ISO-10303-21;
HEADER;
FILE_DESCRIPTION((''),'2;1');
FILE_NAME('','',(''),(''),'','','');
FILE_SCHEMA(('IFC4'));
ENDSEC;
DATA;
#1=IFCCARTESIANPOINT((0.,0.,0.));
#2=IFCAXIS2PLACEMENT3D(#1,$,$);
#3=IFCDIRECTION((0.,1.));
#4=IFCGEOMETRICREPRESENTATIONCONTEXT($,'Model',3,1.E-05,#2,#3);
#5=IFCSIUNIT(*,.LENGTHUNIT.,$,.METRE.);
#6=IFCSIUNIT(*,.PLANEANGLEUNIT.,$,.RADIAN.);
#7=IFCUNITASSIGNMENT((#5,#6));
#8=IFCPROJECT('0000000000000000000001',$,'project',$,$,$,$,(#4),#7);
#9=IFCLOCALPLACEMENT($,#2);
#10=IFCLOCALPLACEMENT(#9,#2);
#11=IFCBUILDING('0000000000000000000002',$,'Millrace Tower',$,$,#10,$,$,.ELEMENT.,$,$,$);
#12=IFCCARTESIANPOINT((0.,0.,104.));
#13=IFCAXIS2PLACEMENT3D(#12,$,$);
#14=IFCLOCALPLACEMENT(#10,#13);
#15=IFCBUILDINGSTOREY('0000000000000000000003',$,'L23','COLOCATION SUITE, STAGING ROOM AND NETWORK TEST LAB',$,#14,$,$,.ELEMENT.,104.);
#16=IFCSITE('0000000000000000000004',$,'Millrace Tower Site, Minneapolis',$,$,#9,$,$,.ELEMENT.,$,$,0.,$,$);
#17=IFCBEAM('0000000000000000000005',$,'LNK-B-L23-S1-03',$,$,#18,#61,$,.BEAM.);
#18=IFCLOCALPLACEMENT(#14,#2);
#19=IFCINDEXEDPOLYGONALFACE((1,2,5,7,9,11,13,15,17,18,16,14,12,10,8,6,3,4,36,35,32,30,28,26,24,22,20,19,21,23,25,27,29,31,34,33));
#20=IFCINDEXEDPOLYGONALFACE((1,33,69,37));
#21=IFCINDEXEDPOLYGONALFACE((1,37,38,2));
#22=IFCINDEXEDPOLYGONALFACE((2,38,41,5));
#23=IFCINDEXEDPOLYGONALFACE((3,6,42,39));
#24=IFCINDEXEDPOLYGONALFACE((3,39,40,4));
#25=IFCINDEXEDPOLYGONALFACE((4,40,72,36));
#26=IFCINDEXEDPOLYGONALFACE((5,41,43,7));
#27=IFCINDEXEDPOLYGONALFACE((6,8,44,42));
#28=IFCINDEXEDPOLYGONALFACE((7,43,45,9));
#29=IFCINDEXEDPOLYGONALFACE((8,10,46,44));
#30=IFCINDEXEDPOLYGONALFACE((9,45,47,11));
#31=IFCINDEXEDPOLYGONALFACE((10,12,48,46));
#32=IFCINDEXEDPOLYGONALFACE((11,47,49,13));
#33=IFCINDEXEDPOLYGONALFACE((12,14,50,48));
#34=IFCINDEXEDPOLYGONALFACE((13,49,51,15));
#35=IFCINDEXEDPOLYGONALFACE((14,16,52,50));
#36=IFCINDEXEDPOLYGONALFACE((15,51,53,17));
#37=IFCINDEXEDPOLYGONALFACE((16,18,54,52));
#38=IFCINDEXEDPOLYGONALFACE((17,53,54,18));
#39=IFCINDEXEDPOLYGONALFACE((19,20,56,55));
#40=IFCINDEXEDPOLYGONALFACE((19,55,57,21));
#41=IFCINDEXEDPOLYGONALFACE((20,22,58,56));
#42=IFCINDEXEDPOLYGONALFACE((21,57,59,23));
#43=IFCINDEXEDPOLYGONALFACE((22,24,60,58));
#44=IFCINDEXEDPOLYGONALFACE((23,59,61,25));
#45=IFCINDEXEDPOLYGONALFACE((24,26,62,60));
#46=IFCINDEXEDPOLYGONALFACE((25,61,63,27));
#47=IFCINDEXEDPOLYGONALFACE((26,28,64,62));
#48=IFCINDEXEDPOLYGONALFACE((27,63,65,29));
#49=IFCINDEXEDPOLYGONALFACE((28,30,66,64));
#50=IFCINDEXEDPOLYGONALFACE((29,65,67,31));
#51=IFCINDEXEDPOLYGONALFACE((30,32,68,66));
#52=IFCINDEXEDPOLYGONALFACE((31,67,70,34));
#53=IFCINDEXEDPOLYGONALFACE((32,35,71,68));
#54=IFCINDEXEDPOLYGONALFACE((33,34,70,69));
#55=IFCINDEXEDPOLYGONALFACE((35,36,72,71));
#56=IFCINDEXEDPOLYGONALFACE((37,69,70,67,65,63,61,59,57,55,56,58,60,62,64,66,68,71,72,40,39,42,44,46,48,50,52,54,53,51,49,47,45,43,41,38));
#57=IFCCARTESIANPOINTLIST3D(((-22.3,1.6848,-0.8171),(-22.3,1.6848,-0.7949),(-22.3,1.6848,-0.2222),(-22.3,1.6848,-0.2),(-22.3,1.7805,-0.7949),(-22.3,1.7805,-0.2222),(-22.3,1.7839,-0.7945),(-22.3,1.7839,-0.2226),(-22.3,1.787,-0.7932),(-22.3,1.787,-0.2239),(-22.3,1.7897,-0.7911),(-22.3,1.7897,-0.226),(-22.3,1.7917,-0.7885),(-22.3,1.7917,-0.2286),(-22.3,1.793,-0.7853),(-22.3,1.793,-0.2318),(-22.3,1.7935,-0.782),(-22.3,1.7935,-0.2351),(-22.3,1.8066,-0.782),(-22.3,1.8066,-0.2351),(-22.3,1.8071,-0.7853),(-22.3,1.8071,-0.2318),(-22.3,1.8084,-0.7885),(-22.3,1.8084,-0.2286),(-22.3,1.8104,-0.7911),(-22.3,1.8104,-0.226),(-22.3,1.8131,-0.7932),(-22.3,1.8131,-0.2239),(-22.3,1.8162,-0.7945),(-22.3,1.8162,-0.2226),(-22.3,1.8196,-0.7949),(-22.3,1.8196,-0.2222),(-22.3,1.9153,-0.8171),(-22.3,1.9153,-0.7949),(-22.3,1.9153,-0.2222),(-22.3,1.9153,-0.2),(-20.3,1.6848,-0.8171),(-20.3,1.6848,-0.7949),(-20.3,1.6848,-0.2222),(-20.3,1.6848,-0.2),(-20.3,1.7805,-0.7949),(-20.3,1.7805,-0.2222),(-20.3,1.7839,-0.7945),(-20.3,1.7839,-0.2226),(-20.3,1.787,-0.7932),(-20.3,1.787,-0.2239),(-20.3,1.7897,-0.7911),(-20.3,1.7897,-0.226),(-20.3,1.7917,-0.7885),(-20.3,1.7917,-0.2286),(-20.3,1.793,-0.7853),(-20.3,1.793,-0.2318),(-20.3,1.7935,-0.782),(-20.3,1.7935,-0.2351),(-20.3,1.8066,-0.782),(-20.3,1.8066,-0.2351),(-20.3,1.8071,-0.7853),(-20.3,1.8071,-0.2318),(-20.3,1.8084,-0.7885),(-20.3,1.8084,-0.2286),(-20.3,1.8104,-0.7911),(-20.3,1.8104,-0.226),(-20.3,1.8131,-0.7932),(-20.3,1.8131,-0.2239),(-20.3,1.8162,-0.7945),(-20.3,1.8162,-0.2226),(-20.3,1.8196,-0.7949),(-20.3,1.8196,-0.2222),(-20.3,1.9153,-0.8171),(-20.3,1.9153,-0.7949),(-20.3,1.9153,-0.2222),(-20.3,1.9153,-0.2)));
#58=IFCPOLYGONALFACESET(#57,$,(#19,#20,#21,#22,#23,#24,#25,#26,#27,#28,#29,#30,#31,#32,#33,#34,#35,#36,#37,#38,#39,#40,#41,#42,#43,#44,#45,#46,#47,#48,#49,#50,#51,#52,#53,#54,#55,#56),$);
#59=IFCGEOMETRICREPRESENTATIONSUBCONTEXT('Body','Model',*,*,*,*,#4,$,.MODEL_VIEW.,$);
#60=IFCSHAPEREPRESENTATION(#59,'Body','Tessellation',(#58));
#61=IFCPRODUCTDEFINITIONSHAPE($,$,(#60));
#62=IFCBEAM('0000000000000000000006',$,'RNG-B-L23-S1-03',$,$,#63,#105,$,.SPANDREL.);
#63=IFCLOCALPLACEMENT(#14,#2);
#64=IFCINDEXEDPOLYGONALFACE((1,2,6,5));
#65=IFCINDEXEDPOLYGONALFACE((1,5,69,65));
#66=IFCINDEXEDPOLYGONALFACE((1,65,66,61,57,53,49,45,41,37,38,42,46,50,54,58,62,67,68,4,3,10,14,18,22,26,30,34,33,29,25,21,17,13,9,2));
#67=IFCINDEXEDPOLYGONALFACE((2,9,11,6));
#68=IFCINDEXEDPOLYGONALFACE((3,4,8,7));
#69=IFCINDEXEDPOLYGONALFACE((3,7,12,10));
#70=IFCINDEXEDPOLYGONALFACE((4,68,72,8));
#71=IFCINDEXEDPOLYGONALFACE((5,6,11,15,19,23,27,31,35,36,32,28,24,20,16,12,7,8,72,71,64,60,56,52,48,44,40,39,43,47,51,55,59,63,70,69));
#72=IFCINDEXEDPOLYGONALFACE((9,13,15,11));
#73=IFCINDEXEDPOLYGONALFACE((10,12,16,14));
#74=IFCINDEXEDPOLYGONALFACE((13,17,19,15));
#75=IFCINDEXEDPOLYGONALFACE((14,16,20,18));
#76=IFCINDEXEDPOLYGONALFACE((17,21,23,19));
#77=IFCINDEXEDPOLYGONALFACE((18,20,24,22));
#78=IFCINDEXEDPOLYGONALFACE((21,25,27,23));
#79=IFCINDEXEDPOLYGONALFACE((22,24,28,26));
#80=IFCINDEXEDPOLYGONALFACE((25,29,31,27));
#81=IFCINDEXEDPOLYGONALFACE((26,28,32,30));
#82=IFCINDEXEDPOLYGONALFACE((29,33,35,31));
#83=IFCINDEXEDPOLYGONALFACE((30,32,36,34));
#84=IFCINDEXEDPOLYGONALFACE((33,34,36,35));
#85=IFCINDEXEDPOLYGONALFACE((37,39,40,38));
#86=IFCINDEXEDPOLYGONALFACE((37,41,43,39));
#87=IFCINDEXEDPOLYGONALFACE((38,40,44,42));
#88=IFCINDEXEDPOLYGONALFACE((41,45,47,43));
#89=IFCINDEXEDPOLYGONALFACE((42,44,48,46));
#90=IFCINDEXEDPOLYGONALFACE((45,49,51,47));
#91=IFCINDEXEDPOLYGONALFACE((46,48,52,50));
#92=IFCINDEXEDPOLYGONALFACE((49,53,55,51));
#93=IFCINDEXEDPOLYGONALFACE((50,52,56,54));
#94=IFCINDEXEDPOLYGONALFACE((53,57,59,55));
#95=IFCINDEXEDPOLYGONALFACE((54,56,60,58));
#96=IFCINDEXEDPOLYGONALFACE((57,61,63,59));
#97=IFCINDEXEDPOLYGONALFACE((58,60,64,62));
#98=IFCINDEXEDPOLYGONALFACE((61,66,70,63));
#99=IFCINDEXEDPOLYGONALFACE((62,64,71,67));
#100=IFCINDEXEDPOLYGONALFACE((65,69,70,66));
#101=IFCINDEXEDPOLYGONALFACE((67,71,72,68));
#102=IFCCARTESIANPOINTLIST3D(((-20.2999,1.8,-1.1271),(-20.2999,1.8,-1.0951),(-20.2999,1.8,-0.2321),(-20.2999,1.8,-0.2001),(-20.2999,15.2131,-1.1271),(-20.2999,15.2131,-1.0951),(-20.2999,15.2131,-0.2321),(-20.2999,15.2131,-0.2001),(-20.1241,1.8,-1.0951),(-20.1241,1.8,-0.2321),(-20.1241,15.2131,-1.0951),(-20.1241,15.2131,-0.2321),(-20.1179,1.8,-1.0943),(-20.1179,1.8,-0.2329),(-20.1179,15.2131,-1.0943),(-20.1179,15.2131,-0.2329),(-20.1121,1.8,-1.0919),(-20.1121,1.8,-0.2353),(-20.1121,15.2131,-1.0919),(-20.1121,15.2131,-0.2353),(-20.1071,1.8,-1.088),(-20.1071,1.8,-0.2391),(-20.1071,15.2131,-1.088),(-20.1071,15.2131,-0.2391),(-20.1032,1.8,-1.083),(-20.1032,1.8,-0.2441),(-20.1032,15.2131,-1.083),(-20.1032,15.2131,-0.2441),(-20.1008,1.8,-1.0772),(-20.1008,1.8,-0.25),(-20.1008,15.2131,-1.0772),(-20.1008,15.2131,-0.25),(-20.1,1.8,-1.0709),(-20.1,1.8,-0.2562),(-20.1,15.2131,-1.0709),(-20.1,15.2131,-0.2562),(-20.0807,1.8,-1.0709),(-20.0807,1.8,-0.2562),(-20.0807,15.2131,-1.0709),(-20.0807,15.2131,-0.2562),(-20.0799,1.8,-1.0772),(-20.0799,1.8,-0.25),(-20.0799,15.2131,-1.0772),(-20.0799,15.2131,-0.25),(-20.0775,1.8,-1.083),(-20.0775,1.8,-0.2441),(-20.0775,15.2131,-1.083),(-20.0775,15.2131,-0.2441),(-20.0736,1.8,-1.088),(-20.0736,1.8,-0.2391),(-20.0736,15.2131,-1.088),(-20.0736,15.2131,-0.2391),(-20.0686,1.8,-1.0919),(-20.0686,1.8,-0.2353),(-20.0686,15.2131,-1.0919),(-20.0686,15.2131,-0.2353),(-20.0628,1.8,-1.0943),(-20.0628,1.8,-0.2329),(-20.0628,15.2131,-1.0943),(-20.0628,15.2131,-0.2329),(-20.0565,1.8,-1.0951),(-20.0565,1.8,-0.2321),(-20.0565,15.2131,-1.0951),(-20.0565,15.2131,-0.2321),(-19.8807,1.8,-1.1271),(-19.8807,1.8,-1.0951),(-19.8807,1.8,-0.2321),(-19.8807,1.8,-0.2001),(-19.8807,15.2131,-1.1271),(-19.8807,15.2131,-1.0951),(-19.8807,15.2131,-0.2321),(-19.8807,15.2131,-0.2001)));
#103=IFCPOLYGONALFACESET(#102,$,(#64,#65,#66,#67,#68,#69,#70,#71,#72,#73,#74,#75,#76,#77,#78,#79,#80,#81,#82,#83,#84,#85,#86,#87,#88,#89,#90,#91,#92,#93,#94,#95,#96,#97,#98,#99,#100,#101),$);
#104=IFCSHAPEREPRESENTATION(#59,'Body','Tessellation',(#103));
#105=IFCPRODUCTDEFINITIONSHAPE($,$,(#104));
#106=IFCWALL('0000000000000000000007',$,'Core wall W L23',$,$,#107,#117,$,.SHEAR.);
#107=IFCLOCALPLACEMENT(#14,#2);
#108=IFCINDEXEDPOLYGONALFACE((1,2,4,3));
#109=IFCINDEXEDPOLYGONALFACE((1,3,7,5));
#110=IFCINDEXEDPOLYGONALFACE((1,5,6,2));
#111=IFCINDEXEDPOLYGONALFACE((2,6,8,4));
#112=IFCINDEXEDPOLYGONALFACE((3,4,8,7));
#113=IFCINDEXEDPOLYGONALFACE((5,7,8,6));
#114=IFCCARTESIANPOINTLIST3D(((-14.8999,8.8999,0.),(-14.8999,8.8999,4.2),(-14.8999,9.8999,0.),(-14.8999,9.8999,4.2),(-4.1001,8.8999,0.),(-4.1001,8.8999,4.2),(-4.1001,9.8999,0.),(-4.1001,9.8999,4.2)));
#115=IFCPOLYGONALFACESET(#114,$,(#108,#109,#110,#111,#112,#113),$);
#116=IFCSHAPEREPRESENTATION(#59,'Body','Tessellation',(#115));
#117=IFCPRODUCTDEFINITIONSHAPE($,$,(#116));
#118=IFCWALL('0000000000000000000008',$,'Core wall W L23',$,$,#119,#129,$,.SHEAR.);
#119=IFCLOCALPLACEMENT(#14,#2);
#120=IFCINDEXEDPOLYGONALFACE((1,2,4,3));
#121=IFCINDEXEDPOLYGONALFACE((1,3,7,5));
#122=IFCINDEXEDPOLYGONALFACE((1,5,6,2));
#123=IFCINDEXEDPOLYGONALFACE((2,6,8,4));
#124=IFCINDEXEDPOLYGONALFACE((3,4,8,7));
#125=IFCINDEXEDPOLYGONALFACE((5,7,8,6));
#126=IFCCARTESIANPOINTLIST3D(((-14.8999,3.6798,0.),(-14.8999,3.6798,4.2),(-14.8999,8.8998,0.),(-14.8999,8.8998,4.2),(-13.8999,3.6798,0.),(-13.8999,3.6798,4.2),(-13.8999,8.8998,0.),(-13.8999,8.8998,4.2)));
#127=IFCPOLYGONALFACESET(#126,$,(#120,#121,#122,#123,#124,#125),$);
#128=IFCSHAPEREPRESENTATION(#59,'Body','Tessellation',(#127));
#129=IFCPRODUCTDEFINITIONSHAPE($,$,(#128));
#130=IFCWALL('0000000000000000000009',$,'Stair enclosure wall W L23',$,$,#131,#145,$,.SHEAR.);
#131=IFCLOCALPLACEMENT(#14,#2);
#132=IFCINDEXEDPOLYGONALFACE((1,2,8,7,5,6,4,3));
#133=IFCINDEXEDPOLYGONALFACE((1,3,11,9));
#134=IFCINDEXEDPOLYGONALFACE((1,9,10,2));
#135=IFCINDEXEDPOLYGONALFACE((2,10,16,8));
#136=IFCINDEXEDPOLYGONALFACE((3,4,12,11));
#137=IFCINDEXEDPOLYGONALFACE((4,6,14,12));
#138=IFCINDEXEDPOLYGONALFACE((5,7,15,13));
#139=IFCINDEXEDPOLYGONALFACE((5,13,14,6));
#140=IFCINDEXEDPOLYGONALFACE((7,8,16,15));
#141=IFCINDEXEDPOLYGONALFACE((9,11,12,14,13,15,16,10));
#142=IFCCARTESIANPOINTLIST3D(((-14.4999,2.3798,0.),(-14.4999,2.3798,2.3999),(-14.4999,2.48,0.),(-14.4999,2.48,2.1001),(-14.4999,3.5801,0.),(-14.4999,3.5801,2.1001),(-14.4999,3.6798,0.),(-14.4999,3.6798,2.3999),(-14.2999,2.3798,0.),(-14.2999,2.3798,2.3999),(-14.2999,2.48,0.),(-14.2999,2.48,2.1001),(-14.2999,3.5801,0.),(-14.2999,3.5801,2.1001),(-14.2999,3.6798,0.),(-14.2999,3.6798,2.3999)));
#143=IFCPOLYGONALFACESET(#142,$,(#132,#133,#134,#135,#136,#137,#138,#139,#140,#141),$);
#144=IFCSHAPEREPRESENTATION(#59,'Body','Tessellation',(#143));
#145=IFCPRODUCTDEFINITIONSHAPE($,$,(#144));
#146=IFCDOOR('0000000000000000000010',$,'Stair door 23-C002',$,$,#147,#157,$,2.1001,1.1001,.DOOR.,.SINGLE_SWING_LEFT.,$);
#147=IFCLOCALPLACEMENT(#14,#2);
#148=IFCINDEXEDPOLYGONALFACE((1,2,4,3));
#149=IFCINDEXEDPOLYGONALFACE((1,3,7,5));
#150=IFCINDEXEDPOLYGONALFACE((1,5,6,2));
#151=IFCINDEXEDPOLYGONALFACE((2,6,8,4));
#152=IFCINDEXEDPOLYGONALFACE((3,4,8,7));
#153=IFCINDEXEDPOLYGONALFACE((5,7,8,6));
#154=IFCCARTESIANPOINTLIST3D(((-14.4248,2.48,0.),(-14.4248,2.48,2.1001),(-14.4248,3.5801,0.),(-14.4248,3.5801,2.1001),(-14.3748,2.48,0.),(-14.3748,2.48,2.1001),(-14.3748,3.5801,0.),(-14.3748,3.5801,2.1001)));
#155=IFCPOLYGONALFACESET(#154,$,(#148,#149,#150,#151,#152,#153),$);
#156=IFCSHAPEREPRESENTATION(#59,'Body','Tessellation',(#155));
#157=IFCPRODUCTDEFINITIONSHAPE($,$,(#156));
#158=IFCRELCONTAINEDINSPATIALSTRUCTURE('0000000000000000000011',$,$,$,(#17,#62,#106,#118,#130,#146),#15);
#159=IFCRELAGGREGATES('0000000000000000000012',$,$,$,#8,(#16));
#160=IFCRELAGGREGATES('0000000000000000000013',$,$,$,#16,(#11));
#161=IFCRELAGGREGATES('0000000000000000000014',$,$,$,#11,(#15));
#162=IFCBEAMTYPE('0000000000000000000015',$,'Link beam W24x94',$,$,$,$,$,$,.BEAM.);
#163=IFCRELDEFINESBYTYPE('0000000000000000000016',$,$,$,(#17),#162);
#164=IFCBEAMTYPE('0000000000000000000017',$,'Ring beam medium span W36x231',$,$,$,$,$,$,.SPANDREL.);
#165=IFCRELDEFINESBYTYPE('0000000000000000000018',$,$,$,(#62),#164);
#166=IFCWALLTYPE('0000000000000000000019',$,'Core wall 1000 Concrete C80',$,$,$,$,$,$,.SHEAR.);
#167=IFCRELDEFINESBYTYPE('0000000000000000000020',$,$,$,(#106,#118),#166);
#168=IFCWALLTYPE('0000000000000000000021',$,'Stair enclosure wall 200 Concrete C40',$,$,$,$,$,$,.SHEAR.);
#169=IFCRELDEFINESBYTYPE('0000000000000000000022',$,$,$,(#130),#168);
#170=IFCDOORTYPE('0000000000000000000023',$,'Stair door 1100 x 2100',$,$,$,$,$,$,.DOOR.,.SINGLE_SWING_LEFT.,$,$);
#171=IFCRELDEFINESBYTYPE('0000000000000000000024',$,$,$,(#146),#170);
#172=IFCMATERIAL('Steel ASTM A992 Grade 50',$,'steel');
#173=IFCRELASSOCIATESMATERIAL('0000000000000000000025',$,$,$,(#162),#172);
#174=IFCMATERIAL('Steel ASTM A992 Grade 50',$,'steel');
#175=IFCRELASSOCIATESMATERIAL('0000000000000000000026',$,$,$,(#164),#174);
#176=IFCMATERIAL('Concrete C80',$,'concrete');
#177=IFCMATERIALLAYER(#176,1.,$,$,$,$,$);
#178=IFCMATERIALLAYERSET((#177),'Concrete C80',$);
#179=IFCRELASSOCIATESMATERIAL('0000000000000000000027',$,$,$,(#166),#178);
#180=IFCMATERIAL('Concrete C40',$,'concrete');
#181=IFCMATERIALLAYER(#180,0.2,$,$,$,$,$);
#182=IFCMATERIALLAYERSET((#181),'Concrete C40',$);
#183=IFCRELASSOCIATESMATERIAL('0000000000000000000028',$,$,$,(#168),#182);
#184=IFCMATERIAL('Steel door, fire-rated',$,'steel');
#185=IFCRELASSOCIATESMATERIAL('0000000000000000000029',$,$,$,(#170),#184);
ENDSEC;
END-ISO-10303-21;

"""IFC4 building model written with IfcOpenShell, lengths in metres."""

from ifc_helpers import new_model, si_unit, direction, frame, frame_2d, origin, origin_2d, place, context, subcontext, project, spatial, rectangle, i_section, extrude, material, layer, layer_set, material_profile, profile_set, type_object, element, fill, save


model = new_model("IFC4")

# Units and contexts
model_context = context("Model", 3, precision=1e-05, world=origin(), true_north=direction((0.0, 1.0)))
body_context = subcontext(model_context, "Body", "Model", "MODEL_VIEW")
ifc_project = project(units=[si_unit("LENGTHUNIT", "METRE"), si_unit("PLANEANGLEUNIT", "RADIAN")], contexts=[model_context])

# Site, building, storey
site_placement = place(None, origin())
site = spatial("IfcSite", under=ifc_project, at=site_placement, Name="Millrace Tower Site, Minneapolis", CompositionType="ELEMENT", RefElevation=0.0)
building_placement = place(site_placement, origin())
building = spatial("IfcBuilding", under=site, at=building_placement, Name="Millrace Tower", CompositionType="ELEMENT")
storey_placement = place(building_placement, frame((0.0, 0.0, 104.0)))
storey = spatial("IfcBuildingStorey", under=building, at=storey_placement, Name="L23", Description="COLOCATION SUITE, STAGING ROOM AND NETWORK TEST LAB", CompositionType="ELEMENT", Elevation=104.0)

# Beams
ifc_material_1 = material(Name="Steel ASTM A992 Grade 50", Category="steel")
ifc_material_profile_1 = material_profile(ifc_material_1, i_section(OverallWidth=0.2305, OverallDepth=0.6172, WebThickness=0.0132, FlangeThickness=0.0222, FilletRadius=0.0129, at=origin_2d()))
ifc_profile_set_1 = profile_set([ifc_material_profile_1], Name="Steel ASTM A992 Grade 50")
beam_type_1 = type_object("IfcBeamType", Name="Link beam W24x94", PredefinedType="BEAM", material=ifc_profile_set_1)
beam_1_placement = place(storey_placement, frame((-20.3, 1.8, -0.5085), z_axis=(-1.0, 0.0, 0.0), x_axis=(0.0, -1.0, 0.0)))
element("IfcBeam", 1, at=beam_1_placement, inside=storey, type_object=beam_type_1, Name="LNK-B-L23-S1-03", PredefinedType="BEAM", context=body_context, shape_type="SweptSolid", body=[
    extrude(i_section(OverallWidth=0.2305, OverallDepth=0.6172, WebThickness=0.0132, FlangeThickness=0.0222, FilletRadius=0.0129, at=origin_2d()), origin(), (0.0, 0.0, 1.0), 2.0),
])
ifc_material_2 = material(Name="Steel ASTM A992 Grade 50", Category="steel")
ifc_material_profile_2 = material_profile(ifc_material_2, i_section(OverallWidth=0.4192, OverallDepth=0.927, WebThickness=0.0193, FlangeThickness=0.032, FilletRadius=0.0242, at=origin_2d()))
ifc_profile_set_2 = profile_set([ifc_material_profile_2], Name="Steel ASTM A992 Grade 50")
beam_type_2 = type_object("IfcBeamType", Name="Ring beam medium span W36x231", PredefinedType="SPANDREL", material=ifc_profile_set_2)
beam_2_placement = place(storey_placement, frame((-20.0903, 1.8, -0.6636), z_axis=(0.0, 1.0, 0.0), x_axis=(-1.0, 0.0, 0.0)))
element("IfcBeam", 2, at=beam_2_placement, inside=storey, type_object=beam_type_2, Name="RNG-B-L23-S1-03", PredefinedType="SPANDREL", context=body_context, shape_type="SweptSolid", body=[
    extrude(i_section(OverallWidth=0.4192, OverallDepth=0.927, WebThickness=0.0193, FlangeThickness=0.032, FilletRadius=0.0242, at=origin_2d()), origin(), (0.0, 0.0, 1.0), 13.4131),
])

# Walls
ifc_material_3 = material(Name="Concrete C80", Category="concrete")
ifc_layer_1 = layer(ifc_material_3, 1.0)
ifc_layer_set_1 = layer_set([ifc_layer_1], Name="Concrete C80")
wall_type_1 = type_object("IfcWallType", Name="Core wall 1000 Concrete C80", PredefinedType="SHEAR", material=ifc_layer_set_1)
wall_1_placement = place(storey_placement, frame((-14.8999, 9.3999, 0.0), z_axis=(0.0, 0.0, 1.0), x_axis=(1.0, 0.0, 0.0)))
element("IfcWall", 3, at=wall_1_placement, inside=storey, type_object=wall_type_1, Name="Core wall W L23", PredefinedType="SHEAR", context=body_context, shape_type="SweptSolid", body=[
    extrude(rectangle(XDim=10.7998, YDim=1.0, at=frame_2d((5.3999, 0.0))), origin(), (0.0, 0.0, 1.0), 4.2),
])
wall_2_placement = place(storey_placement, frame((-14.3999, 3.6799, 0.0), z_axis=(0.0, 0.0, 1.0), x_axis=(0.0, 1.0, 0.0)))
element("IfcWall", 4, at=wall_2_placement, inside=storey, type_object=wall_type_1, Name="Core wall W L23", PredefinedType="SHEAR", context=body_context, shape_type="SweptSolid", body=[
    extrude(rectangle(XDim=5.22, YDim=1.0, at=frame_2d((2.6099, 0.0))), origin(), (0.0, 0.0, 1.0), 4.2),
])

# Wall, opening, door
ifc_material_4 = material(Name="Concrete C40", Category="concrete")
ifc_layer_2 = layer(ifc_material_4, 0.2)
ifc_layer_set_2 = layer_set([ifc_layer_2], Name="Concrete C40")
wall_type_2 = type_object("IfcWallType", Name="Stair enclosure wall 200 Concrete C40", PredefinedType="SHEAR", material=ifc_layer_set_2)
wall_3_placement = place(storey_placement, frame((-14.3999, 2.3799, 0.0), z_axis=(0.0, 0.0, 1.0), x_axis=(0.0, 1.0, 0.0)))
wall_3 = element("IfcWall", 5, at=wall_3_placement, inside=storey, type_object=wall_type_2, Name="Stair enclosure wall W L23", PredefinedType="SHEAR", context=body_context, shape_type="SweptSolid", body=[
    extrude(rectangle(XDim=1.3, YDim=0.2, at=frame_2d((0.6499, 0.0))), origin(), (0.0, 0.0, 1.0), 2.3999),
])
opening_1_placement = place(wall_3_placement, frame((0.1001, 0.0, 0.0)))
opening_1 = element("IfcOpeningElement", 6, at=opening_1_placement, cuts=wall_3, PredefinedType="OPENING", context=body_context, shape_type="SweptSolid", body=[
    extrude(rectangle(XDim=1.1001, YDim=2.1001, at=frame_2d((0.55, 1.05))), frame((0.0, 0.1099, 0.0), z_axis=(0.0, -1.0, 0.0), x_axis=(1.0, 0.0, 0.0)), (0.0, 0.0, 1.0), 0.22),
])
ifc_material_5 = material(Name="Steel door, fire-rated", Category="steel")
door_type_1 = type_object("IfcDoorType", Name="Stair door 1100 x 2100", OperationType="SINGLE_SWING_LEFT", PredefinedType="DOOR", material=ifc_material_5)
door_1_placement = place(opening_1_placement, origin())
door_1 = element("IfcDoor", 7, at=door_1_placement, inside=storey, type_object=door_type_1, Name="Stair door 23-C002", OperationType="SINGLE_SWING_LEFT", OverallHeight=2.1001, OverallWidth=1.1001, PredefinedType="DOOR", context=body_context, shape_type="SweptSolid", body=[
    extrude(rectangle(XDim=1.1001, YDim=2.1001, at=frame_2d((0.55, 1.05))), frame((0.0, 0.0249, 0.0), z_axis=(0.0, -1.0, 0.0), x_axis=(1.0, 0.0, 0.0)), (0.0, 0.0, 1.0), 0.05),
])
fill(opening_1, door_1)

save(model, "model.ifc")
